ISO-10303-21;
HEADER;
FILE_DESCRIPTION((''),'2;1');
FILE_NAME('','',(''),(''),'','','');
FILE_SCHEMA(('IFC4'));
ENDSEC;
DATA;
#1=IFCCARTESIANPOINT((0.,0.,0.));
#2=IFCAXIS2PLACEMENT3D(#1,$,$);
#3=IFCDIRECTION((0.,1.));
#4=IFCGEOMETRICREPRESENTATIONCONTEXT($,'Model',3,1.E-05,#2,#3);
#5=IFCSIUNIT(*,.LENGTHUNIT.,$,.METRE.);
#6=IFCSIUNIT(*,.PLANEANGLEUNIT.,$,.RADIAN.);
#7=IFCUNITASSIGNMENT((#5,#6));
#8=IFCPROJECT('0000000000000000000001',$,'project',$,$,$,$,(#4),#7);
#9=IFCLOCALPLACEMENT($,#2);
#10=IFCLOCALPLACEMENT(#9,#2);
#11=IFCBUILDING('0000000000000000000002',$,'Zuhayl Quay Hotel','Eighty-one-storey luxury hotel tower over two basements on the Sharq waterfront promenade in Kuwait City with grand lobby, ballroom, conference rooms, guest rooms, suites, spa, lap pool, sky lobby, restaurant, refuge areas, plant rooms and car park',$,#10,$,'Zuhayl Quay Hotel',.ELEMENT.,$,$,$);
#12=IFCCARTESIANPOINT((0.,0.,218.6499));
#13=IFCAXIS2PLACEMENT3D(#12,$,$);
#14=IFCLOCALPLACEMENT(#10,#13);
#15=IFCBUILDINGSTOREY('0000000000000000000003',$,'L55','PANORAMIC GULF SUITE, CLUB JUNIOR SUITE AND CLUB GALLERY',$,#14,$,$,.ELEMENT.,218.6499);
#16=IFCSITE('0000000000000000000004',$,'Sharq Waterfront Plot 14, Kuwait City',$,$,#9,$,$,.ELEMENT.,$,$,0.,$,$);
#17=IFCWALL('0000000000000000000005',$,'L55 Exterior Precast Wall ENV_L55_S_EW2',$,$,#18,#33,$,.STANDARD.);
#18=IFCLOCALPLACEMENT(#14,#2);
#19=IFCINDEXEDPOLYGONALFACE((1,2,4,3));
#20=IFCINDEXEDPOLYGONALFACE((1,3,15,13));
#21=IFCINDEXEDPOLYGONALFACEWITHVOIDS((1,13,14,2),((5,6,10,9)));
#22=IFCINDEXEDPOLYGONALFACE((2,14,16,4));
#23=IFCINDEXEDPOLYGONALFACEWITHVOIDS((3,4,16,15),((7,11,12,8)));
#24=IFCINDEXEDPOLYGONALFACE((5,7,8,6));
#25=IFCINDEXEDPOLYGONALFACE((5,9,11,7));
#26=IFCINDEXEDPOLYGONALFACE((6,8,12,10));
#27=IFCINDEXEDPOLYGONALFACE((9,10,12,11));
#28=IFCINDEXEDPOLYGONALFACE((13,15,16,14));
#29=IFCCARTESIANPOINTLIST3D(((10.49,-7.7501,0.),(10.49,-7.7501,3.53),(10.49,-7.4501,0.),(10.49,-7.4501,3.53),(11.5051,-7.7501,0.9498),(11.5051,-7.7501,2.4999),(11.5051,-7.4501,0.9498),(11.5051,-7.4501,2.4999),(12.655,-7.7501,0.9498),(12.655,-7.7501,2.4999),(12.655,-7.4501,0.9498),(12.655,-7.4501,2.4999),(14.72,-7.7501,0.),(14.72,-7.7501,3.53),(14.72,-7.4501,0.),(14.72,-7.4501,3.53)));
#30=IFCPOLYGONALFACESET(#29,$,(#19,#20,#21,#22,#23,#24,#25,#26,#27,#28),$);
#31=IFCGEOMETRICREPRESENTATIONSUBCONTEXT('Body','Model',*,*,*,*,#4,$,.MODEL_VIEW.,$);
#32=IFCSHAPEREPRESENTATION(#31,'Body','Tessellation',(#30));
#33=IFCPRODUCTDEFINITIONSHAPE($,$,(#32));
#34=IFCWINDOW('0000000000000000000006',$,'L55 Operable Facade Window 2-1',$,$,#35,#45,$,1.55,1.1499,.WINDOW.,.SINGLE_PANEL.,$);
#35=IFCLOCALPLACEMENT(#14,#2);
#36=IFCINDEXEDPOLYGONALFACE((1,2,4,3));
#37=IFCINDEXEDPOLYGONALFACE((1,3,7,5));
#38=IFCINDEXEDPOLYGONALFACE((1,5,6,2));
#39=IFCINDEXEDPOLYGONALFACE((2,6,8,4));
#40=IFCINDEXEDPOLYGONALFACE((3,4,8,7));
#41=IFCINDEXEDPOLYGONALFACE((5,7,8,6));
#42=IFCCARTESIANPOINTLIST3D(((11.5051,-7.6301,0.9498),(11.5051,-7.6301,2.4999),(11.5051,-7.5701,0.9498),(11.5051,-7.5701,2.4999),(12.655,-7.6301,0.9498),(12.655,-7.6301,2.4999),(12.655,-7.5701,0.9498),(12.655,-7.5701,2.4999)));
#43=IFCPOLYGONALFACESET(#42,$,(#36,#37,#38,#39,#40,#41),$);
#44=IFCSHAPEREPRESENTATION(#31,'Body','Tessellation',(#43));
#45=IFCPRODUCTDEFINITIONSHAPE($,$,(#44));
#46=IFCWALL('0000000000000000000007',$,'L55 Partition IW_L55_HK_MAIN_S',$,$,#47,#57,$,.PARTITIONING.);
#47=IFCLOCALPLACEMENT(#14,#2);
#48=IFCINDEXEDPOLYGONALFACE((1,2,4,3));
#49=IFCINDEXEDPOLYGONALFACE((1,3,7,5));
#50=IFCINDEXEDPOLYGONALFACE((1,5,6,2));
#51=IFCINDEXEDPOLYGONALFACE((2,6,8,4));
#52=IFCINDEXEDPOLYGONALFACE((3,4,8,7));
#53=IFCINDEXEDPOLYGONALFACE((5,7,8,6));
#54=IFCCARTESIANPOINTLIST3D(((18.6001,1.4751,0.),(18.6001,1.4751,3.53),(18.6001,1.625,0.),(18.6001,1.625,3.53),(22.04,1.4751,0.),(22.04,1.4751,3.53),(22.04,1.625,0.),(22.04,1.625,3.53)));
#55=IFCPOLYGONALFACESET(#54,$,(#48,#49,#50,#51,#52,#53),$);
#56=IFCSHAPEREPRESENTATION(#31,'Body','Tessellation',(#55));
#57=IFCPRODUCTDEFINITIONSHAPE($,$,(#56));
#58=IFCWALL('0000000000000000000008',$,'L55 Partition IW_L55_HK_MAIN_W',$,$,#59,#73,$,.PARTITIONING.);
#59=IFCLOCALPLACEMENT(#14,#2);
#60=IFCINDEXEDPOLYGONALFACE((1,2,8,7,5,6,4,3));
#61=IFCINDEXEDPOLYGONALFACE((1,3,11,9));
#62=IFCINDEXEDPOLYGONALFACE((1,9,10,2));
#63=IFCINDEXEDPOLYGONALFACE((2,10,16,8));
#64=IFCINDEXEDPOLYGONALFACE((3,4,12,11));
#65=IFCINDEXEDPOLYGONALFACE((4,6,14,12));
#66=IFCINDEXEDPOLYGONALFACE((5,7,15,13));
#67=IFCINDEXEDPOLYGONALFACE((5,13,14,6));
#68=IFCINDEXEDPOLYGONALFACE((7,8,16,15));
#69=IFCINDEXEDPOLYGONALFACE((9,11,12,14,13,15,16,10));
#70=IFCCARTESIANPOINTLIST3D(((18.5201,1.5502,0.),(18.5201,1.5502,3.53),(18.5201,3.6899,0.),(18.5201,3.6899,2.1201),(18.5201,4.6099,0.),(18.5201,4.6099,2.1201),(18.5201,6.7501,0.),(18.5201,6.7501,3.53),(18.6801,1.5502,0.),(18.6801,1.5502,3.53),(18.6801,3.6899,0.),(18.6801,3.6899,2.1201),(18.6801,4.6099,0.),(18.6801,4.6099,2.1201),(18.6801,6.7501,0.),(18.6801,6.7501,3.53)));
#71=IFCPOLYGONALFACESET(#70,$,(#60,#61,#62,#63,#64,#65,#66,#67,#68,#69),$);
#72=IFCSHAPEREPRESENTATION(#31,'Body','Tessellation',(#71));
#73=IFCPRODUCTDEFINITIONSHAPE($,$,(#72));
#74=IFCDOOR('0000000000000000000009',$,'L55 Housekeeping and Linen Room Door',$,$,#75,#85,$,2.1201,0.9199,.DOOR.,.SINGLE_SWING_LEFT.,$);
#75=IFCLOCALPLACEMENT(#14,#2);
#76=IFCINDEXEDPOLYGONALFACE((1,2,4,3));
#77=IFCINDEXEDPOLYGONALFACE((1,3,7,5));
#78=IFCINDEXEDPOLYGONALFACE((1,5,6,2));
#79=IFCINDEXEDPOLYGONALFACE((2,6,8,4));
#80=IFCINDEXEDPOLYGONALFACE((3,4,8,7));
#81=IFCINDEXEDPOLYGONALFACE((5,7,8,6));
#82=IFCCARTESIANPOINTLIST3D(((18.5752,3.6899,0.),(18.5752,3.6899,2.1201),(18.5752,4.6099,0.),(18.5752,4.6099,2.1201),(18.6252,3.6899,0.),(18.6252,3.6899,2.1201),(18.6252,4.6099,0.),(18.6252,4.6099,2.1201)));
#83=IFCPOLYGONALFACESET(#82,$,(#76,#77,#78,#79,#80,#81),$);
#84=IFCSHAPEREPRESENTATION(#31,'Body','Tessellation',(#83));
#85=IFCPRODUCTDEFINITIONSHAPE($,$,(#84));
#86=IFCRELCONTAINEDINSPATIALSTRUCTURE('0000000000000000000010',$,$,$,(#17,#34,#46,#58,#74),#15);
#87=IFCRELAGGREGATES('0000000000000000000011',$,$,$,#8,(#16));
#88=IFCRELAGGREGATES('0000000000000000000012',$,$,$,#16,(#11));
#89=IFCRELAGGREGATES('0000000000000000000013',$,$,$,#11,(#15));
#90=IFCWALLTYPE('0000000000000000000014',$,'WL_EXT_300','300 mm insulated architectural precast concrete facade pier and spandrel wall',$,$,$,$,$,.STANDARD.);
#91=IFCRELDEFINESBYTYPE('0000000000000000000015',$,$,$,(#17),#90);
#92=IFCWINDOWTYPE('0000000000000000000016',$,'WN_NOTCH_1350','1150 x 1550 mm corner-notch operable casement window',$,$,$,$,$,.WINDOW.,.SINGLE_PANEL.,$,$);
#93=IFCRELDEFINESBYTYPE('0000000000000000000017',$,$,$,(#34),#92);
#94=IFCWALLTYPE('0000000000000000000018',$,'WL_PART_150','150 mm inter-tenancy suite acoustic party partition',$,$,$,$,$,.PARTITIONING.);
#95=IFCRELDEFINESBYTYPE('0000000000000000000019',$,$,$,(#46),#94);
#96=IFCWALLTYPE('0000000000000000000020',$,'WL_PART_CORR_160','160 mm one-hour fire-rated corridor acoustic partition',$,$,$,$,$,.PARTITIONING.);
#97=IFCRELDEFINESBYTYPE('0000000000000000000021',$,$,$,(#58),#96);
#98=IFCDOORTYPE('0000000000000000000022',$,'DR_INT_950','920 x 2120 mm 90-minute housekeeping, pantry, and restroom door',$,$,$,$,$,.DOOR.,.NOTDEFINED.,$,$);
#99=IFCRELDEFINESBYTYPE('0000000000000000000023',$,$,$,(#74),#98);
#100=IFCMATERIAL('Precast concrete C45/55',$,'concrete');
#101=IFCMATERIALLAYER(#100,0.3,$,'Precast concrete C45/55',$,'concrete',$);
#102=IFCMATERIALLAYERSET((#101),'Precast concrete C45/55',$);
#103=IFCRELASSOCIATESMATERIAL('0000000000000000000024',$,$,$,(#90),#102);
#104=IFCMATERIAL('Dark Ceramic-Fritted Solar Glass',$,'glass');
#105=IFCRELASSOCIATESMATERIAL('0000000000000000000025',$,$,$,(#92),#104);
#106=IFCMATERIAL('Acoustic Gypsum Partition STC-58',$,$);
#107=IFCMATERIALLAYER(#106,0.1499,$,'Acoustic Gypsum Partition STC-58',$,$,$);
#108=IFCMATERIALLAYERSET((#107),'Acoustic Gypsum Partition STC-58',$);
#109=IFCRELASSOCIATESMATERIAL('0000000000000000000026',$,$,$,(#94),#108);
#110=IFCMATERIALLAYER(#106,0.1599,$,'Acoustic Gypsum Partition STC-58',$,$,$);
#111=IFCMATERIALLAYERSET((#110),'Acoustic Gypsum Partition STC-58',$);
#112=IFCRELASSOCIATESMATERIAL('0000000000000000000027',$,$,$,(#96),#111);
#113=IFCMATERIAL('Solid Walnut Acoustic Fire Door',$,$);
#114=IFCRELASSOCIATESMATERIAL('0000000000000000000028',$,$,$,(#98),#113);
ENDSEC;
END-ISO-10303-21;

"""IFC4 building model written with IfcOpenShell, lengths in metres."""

from ifc_helpers import new_model, si_unit, direction, frame, frame_2d, origin, place, context, subcontext, project, spatial, rectangle, extrude, material, layer, layer_set, type_object, element, fill, save


model = new_model("IFC4")

# Units and contexts
model_context = context("Model", 3, precision=1e-05, world=origin(), true_north=direction((0.0, 1.0)))
body_context = subcontext(model_context, "Body", "Model", "MODEL_VIEW")
ifc_project = project(units=[si_unit("LENGTHUNIT", "METRE"), si_unit("PLANEANGLEUNIT", "RADIAN")], contexts=[model_context])

# Site, building, storey
site_placement = place(None, origin())
site = spatial("IfcSite", under=ifc_project, at=site_placement, Name="Sharq Waterfront Plot 14, Kuwait City", CompositionType="ELEMENT", RefElevation=0.0)
building_placement = place(site_placement, origin())
building = spatial("IfcBuilding", under=site, at=building_placement, Name="Zuhayl Quay Hotel", Description="Eighty-one-storey luxury hotel tower over two basements on the Sharq waterfront promenade in Kuwait City with grand lobby, ballroom, conference rooms, guest rooms, suites, spa, lap pool, sky lobby, restaurant, refuge areas, plant rooms and car park", LongName="Zuhayl Quay Hotel", CompositionType="ELEMENT")
storey_placement = place(building_placement, frame((0.0, 0.0, 218.6499)))
storey = spatial("IfcBuildingStorey", under=building, at=storey_placement, Name="L55", Description="PANORAMIC GULF SUITE, CLUB JUNIOR SUITE AND CLUB GALLERY", CompositionType="ELEMENT", Elevation=218.6499)

# Shared definitions
ifc_material_1 = material(Name="Dark Ceramic-Fritted Solar Glass", Category="glass")

# Shared definitions
ifc_material_2 = material(Name="Precast concrete C45/55", Category="concrete")
ifc_layer_1 = layer(ifc_material_2, 0.3, Name="Precast concrete C45/55", Category="concrete")
ifc_layer_set_1 = layer_set([ifc_layer_1], Name="Precast concrete C45/55")
wall_type_1 = type_object("IfcWallType", Name="WL_EXT_300", Description="300 mm insulated architectural precast concrete facade pier and spandrel wall", PredefinedType="STANDARD", material=ifc_layer_set_1)
window_type = type_object("IfcWindowType", Name="WN_NOTCH_1350", Description="1150 x 1550 mm corner-notch operable casement window", PartitioningType="SINGLE_PANEL", PredefinedType="WINDOW", material=ifc_material_1)

# Wall, opening, window
wall_1_placement = place(storey_placement, frame((14.72, -7.6001, 0.0), z_axis=(0.0, 0.0, 1.0), x_axis=(-1.0, 0.0, 0.0)))
wall_1 = element("IfcWall", 1, at=wall_1_placement, inside=storey, type_object=wall_type_1, Name="L55 Exterior Precast Wall ENV_L55_S_EW2", PredefinedType="STANDARD", context=body_context, shape_type="SweptSolid", body=[
    extrude(rectangle(XDim=4.23, YDim=0.3, at=frame_2d((2.115, 0.0))), origin(), (0.0, 0.0, 1.0), 3.53),
])
opening_1_placement = place(wall_1_placement, frame((2.0649, 0.0, 0.95)))
opening_1 = element("IfcOpeningElement", 2, at=opening_1_placement, cuts=wall_1, PredefinedType="OPENING", context=body_context, shape_type="SweptSolid", body=[
    extrude(rectangle(XDim=1.1499, YDim=1.55, at=frame_2d((0.575, 0.7749))), frame((0.0, 0.1599, 0.0), z_axis=(0.0, -1.0, 0.0), x_axis=(1.0, 0.0, 0.0)), (0.0, 0.0, 1.0), 0.3201),
])
window_1_placement = place(opening_1_placement, origin())
window_1 = element("IfcWindow", 3, at=window_1_placement, inside=storey, type_object=window_type, Name="L55 Operable Facade Window 2-1", OverallHeight=1.55, OverallWidth=1.1499, PartitioningType="SINGLE_PANEL", PredefinedType="WINDOW", context=body_context, shape_type="SweptSolid", body=[
    extrude(rectangle(XDim=1.1499, YDim=1.55, at=frame_2d((0.575, 0.7749))), frame((0.0, 0.03, 0.0), z_axis=(0.0, -1.0, 0.0), x_axis=(1.0, 0.0, 0.0)), (0.0, 0.0, 1.0), 0.0601),
])
fill(opening_1, window_1)

# Wall
ifc_material_3 = material(Name="Acoustic Gypsum Partition STC-58")
ifc_layer_2 = layer(ifc_material_3, 0.1499, Name="Acoustic Gypsum Partition STC-58")
ifc_layer_set_2 = layer_set([ifc_layer_2], Name="Acoustic Gypsum Partition STC-58")
wall_type_2 = type_object("IfcWallType", Name="WL_PART_150", Description="150 mm inter-tenancy suite acoustic party partition", PredefinedType="PARTITIONING", material=ifc_layer_set_2)
wall_2_placement = place(storey_placement, frame((18.6001, 1.55, 0.0), z_axis=(0.0, 0.0, 1.0), x_axis=(1.0, 0.0, 0.0)))
element("IfcWall", 4, at=wall_2_placement, inside=storey, type_object=wall_type_2, Name="L55 Partition IW_L55_HK_MAIN_S", PredefinedType="PARTITIONING", context=body_context, shape_type="SweptSolid", body=[
    extrude(rectangle(XDim=3.4399, YDim=0.1499, at=frame_2d((1.72, 0.0))), origin(), (0.0, 0.0, 1.0), 3.53),
])

# Wall, opening, door
ifc_layer_3 = layer(ifc_material_3, 0.1599, Name="Acoustic Gypsum Partition STC-58")
ifc_layer_set_3 = layer_set([ifc_layer_3], Name="Acoustic Gypsum Partition STC-58")
wall_type_3 = type_object("IfcWallType", Name="WL_PART_CORR_160", Description="160 mm one-hour fire-rated corridor acoustic partition", PredefinedType="PARTITIONING", material=ifc_layer_set_3)
wall_3_placement = place(storey_placement, frame((18.6001, 1.55, 0.0), z_axis=(0.0, 0.0, 1.0), x_axis=(0.0, 1.0, 0.0)))
wall_3 = element("IfcWall", 5, at=wall_3_placement, inside=storey, type_object=wall_type_3, Name="L55 Partition IW_L55_HK_MAIN_W", PredefinedType="PARTITIONING", context=body_context, shape_type="SweptSolid", body=[
    extrude(rectangle(XDim=5.2, YDim=0.1599, at=frame_2d((2.6001, 0.0))), origin(), (0.0, 0.0, 1.0), 3.53),
])
opening_2_placement = place(wall_3_placement, frame((2.1399, 0.0, 0.0)))
opening_2 = element("IfcOpeningElement", 6, at=opening_2_placement, cuts=wall_3, PredefinedType="OPENING", context=body_context, shape_type="SweptSolid", body=[
    extrude(rectangle(XDim=0.9199, YDim=2.1201, at=frame_2d((0.46, 1.0601))), frame((0.0, 0.0898, 0.0), z_axis=(0.0, -1.0, 0.0), x_axis=(1.0, 0.0, 0.0)), (0.0, 0.0, 1.0), 0.1799),
])
ifc_material_4 = material(Name="Solid Walnut Acoustic Fire Door")
door_type = type_object("IfcDoorType", Name="DR_INT_950", Description="920 x 2120 mm 90-minute housekeeping, pantry, and restroom door", OperationType="NOTDEFINED", PredefinedType="DOOR", material=ifc_material_4)
door_placement = place(opening_2_placement, origin())
door = element("IfcDoor", 7, at=door_placement, inside=storey, type_object=door_type, Name="L55 Housekeeping and Linen Room Door", OperationType="SINGLE_SWING_LEFT", OverallHeight=2.1201, OverallWidth=0.9199, PredefinedType="DOOR", context=body_context, shape_type="SweptSolid", body=[
    extrude(rectangle(XDim=0.9199, YDim=2.1201, at=frame_2d((0.46, 1.0601))), frame((0.0, 0.0249, 0.0), z_axis=(0.0, -1.0, 0.0), x_axis=(1.0, 0.0, 0.0)), (0.0, 0.0, 1.0), 0.05),
])
fill(opening_2, door)

save(model, "model.ifc")
